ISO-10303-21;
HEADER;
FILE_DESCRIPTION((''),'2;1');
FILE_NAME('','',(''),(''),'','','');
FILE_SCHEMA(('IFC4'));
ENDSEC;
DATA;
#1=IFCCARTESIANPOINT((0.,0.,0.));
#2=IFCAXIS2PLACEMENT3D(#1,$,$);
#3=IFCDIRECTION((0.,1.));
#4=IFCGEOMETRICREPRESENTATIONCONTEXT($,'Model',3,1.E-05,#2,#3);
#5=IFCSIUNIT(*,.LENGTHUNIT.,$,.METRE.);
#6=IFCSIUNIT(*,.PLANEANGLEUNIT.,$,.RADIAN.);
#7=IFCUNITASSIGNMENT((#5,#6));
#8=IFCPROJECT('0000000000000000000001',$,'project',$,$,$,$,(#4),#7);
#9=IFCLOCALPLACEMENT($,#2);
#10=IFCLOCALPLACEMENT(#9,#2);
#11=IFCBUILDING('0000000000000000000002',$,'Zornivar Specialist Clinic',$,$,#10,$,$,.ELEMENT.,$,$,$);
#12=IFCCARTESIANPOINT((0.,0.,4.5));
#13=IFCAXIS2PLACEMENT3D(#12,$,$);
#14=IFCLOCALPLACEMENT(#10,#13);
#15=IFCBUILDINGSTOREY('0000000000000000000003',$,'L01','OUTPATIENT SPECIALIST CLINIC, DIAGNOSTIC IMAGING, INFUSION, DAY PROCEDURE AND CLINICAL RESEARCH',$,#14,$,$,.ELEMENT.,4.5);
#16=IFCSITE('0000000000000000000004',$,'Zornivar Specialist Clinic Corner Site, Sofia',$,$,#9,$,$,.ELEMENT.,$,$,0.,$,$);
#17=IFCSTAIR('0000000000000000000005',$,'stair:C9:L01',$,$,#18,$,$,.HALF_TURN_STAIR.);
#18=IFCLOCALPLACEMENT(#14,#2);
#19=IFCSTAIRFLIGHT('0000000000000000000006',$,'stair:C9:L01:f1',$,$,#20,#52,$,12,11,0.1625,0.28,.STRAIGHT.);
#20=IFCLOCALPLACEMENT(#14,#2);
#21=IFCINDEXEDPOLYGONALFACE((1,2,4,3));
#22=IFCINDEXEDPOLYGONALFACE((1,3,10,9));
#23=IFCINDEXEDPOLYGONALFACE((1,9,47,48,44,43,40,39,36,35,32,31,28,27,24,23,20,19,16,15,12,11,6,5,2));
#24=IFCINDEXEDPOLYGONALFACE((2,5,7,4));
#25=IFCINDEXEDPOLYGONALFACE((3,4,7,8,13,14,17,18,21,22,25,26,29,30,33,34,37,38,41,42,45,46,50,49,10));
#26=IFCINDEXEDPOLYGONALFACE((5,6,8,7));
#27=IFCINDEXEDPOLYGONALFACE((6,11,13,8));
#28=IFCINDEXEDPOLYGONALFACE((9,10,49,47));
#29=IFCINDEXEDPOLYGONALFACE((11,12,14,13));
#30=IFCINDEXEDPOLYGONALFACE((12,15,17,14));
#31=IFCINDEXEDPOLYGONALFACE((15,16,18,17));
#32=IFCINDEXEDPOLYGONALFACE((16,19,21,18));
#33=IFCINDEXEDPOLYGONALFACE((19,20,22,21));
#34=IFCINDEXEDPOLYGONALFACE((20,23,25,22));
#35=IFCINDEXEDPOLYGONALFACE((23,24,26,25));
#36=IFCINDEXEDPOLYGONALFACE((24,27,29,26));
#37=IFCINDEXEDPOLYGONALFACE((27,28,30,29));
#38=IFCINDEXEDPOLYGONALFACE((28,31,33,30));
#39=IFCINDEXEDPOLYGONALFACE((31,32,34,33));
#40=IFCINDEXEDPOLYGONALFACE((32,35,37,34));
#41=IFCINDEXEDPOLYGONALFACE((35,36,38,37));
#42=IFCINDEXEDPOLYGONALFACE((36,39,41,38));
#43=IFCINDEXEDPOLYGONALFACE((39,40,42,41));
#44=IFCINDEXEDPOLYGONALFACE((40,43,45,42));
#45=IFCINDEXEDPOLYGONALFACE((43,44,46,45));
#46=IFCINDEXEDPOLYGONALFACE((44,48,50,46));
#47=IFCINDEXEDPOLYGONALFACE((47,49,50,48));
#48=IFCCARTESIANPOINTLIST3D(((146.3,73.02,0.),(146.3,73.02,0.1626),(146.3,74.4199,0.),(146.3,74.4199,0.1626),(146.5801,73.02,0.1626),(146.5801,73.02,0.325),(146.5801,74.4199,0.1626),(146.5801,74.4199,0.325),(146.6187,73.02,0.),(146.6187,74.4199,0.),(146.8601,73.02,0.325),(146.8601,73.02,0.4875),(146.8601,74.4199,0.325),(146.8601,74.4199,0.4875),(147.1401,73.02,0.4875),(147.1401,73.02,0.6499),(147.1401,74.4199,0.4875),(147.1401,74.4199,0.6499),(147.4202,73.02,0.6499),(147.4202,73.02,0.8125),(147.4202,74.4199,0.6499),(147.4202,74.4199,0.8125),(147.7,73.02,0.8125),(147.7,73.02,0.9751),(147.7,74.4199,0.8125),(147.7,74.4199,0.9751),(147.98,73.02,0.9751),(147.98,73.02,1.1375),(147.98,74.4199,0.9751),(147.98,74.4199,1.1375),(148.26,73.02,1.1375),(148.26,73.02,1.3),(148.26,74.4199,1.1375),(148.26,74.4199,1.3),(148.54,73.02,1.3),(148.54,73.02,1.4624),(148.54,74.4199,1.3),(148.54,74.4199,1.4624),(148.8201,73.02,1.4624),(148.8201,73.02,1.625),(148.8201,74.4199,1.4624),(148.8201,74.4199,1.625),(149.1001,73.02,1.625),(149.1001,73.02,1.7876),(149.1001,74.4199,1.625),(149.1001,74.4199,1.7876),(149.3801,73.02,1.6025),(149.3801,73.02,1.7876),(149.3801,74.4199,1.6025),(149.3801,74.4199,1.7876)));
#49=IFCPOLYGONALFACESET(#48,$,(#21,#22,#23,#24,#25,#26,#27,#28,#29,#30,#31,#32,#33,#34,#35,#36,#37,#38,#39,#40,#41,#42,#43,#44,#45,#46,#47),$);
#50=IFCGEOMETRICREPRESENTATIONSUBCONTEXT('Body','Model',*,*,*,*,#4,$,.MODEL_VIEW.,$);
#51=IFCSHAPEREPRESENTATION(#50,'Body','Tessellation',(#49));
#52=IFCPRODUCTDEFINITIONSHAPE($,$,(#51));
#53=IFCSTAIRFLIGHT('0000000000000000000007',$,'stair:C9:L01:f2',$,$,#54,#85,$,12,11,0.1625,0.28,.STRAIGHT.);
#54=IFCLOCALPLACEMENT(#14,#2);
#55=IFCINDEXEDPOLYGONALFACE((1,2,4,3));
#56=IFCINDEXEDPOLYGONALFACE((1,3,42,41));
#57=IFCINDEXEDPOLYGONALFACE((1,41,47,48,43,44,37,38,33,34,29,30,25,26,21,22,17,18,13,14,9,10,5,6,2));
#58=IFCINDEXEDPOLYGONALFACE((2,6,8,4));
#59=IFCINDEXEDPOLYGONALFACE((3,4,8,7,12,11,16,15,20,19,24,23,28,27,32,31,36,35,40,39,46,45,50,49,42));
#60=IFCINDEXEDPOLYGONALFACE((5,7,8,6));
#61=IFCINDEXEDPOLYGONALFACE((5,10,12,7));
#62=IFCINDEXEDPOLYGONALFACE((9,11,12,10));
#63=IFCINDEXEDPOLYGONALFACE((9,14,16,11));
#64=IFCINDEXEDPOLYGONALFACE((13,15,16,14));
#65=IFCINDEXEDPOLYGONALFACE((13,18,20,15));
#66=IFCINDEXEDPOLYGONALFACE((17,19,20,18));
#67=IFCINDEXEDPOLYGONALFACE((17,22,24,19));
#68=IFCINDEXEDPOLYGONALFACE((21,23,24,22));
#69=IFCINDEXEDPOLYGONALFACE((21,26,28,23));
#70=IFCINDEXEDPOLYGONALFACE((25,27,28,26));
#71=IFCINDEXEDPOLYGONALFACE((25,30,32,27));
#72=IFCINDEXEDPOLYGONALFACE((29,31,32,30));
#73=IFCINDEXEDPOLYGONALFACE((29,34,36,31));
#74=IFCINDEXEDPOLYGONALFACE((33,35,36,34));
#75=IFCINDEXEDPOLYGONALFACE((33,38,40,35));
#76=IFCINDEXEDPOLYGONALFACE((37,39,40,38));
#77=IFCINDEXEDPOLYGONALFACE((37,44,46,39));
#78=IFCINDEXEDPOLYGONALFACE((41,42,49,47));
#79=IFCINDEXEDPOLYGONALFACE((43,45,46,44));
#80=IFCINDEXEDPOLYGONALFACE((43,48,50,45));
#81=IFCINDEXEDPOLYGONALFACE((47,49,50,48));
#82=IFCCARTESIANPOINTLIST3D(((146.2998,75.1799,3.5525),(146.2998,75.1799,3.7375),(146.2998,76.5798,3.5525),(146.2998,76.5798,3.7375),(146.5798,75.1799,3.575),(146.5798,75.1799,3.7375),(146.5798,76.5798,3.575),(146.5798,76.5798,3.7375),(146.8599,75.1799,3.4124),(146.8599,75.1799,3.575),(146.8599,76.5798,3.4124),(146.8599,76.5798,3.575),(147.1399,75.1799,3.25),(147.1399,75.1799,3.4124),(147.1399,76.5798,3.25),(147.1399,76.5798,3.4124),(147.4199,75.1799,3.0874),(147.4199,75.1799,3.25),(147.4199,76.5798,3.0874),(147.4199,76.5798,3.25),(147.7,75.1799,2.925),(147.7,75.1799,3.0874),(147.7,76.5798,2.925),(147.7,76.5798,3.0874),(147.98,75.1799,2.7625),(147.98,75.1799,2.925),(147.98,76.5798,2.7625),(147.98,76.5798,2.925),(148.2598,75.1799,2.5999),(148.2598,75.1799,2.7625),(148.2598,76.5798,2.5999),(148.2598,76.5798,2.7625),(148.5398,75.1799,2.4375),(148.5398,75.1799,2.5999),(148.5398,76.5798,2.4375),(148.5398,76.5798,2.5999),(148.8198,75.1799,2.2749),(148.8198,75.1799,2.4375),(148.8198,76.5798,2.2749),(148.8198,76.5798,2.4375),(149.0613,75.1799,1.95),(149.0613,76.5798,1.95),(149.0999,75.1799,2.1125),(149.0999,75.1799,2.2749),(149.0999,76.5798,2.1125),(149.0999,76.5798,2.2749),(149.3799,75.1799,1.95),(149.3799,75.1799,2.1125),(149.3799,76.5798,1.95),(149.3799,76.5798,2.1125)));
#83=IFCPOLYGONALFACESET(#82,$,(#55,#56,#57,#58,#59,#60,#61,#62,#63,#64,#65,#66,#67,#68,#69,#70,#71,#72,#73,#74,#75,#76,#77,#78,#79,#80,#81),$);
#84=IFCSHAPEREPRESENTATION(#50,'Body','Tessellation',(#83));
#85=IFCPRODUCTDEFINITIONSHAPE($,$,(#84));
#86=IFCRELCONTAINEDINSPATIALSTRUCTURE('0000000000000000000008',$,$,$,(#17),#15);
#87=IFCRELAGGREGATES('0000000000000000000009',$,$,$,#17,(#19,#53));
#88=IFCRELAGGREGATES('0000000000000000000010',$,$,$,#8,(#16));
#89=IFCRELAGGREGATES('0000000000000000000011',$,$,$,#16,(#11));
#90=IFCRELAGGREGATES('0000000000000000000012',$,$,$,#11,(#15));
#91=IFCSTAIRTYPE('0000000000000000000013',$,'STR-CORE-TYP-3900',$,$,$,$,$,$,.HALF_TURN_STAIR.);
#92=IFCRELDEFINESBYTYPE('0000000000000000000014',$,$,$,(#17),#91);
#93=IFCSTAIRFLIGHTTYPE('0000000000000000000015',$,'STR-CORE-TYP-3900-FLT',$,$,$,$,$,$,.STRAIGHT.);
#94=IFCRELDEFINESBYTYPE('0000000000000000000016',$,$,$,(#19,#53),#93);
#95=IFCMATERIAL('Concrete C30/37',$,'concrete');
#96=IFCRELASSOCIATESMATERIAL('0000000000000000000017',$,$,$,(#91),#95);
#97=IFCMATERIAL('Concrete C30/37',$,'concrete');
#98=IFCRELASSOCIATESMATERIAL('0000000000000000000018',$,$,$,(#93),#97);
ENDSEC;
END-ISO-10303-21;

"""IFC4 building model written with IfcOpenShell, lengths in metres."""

from ifc_helpers import new_model, si_unit, direction, frame, origin, place, context, subcontext, project, spatial, polyline, outline, extrude, material, type_object, element, aggregate, save


model = new_model("IFC4")

# Units and contexts
model_context = context("Model", 3, precision=1e-05, world=origin(), true_north=direction((0.0, 1.0)))
body_context = subcontext(model_context, "Body", "Model", "MODEL_VIEW")
ifc_project = project(units=[si_unit("LENGTHUNIT", "METRE"), si_unit("PLANEANGLEUNIT", "RADIAN")], contexts=[model_context])

# Site, building, storey
site_placement = place(None, origin())
site = spatial("IfcSite", under=ifc_project, at=site_placement, Name="Zornivar Specialist Clinic Corner Site, Sofia", CompositionType="ELEMENT", RefElevation=0.0)
building_placement = place(site_placement, origin())
building = spatial("IfcBuilding", under=site, at=building_placement, Name="Zornivar Specialist Clinic", CompositionType="ELEMENT")
storey_placement = place(building_placement, frame((0.0, 0.0, 4.5)))
storey = spatial("IfcBuildingStorey", under=building, at=storey_placement, Name="L01", Description="OUTPATIENT SPECIALIST CLINIC, DIAGNOSTIC IMAGING, INFUSION, DAY PROCEDURE AND CLINICAL RESEARCH", CompositionType="ELEMENT", Elevation=4.5)

# Stair, stair flights
ifc_material_1 = material(Name="Concrete C30/37", Category="concrete")
stair_type = type_object("IfcStairType", Name="STR-CORE-TYP-3900", PredefinedType="HALF_TURN_STAIR", material=ifc_material_1)
stair_placement = place(storey_placement, origin())
stair = element("IfcStair", 1, at=stair_placement, inside=storey, type_object=stair_type, Name="stair:C9:L01", PredefinedType="HALF_TURN_STAIR")
ifc_material_2 = material(Name="Concrete C30/37", Category="concrete")
stair_flight_type = type_object("IfcStairFlightType", Name="STR-CORE-TYP-3900-FLT", PredefinedType="STRAIGHT", material=ifc_material_2)
stair_flight_1_placement = place(storey_placement, frame((146.3, 73.72, 0.0), z_axis=(0.0, 0.0, 1.0), x_axis=(1.0, 0.0, 0.0)))
stair_flight_1 = element("IfcStairFlight", 2, at=stair_flight_1_placement, type_object=stair_flight_type, Name="stair:C9:L01:f1", NumberOfRisers=12, NumberOfTreads=11, PredefinedType="STRAIGHT", RiserHeight=0.1625, TreadLength=0.28, context=body_context, shape_type="SweptSolid", body=[
    extrude(outline(polyline([(0.0, 0.0), (0.0, 0.1626), (0.28, 0.1626), (0.28, 0.325), (0.5601, 0.325), (0.5601, 0.4875), (0.8401, 0.4875), (0.8401, 0.6499), (1.1201, 0.6499), (1.1201, 0.8125), (1.3999, 0.8125), (1.3999, 0.9751), (1.6799, 0.9751), (1.6799, 1.1375), (1.96, 1.1375), (1.96, 1.3), (2.24, 1.3), (2.24, 1.4624), (2.52, 1.4624), (2.52, 1.625), (2.8, 1.625), (2.8, 1.7876), (3.0801, 1.7876), (3.0801, 1.95), (3.0801, 1.6025), (0.3186, 0.0), (0.0, 0.0)])), frame((0.0, 0.7, 0.0), z_axis=(0.0, -1.0, 0.0), x_axis=(1.0, 0.0, 0.0)), (0.0, 0.0, 1.0), 1.3999),
])
stair_flight_2_placement = place(storey_placement, frame((149.3799, 75.8799, 1.95), z_axis=(0.0, 0.0, 1.0), x_axis=(-1.0, 0.0, 0.0)))
stair_flight_2 = element("IfcStairFlight", 3, at=stair_flight_2_placement, type_object=stair_flight_type, Name="stair:C9:L01:f2", NumberOfRisers=12, NumberOfTreads=11, PredefinedType="STRAIGHT", RiserHeight=0.1625, TreadLength=0.28, context=body_context, shape_type="SweptSolid", body=[
    extrude(outline(polyline([(0.0, 0.0), (0.0, 0.1626), (0.28, 0.1626), (0.28, 0.325), (0.5601, 0.325), (0.5601, 0.4875), (0.8401, 0.4875), (0.8401, 0.6499), (1.1201, 0.6499), (1.1201, 0.8125), (1.3999, 0.8125), (1.3999, 0.9751), (1.6799, 0.9751), (1.6799, 1.1375), (1.96, 1.1375), (1.96, 1.3), (2.24, 1.3), (2.24, 1.4624), (2.52, 1.4624), (2.52, 1.625), (2.8, 1.625), (2.8, 1.7876), (3.0801, 1.7876), (3.0801, 1.95), (3.0801, 1.6025), (0.3186, 0.0), (0.0, 0.0)])), frame((0.0, 0.7, 0.0), z_axis=(0.0, -1.0, 0.0), x_axis=(1.0, 0.0, 0.0)), (0.0, 0.0, 1.0), 1.3999),
])
aggregate(stair, [stair_flight_1, stair_flight_2])

save(model, "model.ifc")
